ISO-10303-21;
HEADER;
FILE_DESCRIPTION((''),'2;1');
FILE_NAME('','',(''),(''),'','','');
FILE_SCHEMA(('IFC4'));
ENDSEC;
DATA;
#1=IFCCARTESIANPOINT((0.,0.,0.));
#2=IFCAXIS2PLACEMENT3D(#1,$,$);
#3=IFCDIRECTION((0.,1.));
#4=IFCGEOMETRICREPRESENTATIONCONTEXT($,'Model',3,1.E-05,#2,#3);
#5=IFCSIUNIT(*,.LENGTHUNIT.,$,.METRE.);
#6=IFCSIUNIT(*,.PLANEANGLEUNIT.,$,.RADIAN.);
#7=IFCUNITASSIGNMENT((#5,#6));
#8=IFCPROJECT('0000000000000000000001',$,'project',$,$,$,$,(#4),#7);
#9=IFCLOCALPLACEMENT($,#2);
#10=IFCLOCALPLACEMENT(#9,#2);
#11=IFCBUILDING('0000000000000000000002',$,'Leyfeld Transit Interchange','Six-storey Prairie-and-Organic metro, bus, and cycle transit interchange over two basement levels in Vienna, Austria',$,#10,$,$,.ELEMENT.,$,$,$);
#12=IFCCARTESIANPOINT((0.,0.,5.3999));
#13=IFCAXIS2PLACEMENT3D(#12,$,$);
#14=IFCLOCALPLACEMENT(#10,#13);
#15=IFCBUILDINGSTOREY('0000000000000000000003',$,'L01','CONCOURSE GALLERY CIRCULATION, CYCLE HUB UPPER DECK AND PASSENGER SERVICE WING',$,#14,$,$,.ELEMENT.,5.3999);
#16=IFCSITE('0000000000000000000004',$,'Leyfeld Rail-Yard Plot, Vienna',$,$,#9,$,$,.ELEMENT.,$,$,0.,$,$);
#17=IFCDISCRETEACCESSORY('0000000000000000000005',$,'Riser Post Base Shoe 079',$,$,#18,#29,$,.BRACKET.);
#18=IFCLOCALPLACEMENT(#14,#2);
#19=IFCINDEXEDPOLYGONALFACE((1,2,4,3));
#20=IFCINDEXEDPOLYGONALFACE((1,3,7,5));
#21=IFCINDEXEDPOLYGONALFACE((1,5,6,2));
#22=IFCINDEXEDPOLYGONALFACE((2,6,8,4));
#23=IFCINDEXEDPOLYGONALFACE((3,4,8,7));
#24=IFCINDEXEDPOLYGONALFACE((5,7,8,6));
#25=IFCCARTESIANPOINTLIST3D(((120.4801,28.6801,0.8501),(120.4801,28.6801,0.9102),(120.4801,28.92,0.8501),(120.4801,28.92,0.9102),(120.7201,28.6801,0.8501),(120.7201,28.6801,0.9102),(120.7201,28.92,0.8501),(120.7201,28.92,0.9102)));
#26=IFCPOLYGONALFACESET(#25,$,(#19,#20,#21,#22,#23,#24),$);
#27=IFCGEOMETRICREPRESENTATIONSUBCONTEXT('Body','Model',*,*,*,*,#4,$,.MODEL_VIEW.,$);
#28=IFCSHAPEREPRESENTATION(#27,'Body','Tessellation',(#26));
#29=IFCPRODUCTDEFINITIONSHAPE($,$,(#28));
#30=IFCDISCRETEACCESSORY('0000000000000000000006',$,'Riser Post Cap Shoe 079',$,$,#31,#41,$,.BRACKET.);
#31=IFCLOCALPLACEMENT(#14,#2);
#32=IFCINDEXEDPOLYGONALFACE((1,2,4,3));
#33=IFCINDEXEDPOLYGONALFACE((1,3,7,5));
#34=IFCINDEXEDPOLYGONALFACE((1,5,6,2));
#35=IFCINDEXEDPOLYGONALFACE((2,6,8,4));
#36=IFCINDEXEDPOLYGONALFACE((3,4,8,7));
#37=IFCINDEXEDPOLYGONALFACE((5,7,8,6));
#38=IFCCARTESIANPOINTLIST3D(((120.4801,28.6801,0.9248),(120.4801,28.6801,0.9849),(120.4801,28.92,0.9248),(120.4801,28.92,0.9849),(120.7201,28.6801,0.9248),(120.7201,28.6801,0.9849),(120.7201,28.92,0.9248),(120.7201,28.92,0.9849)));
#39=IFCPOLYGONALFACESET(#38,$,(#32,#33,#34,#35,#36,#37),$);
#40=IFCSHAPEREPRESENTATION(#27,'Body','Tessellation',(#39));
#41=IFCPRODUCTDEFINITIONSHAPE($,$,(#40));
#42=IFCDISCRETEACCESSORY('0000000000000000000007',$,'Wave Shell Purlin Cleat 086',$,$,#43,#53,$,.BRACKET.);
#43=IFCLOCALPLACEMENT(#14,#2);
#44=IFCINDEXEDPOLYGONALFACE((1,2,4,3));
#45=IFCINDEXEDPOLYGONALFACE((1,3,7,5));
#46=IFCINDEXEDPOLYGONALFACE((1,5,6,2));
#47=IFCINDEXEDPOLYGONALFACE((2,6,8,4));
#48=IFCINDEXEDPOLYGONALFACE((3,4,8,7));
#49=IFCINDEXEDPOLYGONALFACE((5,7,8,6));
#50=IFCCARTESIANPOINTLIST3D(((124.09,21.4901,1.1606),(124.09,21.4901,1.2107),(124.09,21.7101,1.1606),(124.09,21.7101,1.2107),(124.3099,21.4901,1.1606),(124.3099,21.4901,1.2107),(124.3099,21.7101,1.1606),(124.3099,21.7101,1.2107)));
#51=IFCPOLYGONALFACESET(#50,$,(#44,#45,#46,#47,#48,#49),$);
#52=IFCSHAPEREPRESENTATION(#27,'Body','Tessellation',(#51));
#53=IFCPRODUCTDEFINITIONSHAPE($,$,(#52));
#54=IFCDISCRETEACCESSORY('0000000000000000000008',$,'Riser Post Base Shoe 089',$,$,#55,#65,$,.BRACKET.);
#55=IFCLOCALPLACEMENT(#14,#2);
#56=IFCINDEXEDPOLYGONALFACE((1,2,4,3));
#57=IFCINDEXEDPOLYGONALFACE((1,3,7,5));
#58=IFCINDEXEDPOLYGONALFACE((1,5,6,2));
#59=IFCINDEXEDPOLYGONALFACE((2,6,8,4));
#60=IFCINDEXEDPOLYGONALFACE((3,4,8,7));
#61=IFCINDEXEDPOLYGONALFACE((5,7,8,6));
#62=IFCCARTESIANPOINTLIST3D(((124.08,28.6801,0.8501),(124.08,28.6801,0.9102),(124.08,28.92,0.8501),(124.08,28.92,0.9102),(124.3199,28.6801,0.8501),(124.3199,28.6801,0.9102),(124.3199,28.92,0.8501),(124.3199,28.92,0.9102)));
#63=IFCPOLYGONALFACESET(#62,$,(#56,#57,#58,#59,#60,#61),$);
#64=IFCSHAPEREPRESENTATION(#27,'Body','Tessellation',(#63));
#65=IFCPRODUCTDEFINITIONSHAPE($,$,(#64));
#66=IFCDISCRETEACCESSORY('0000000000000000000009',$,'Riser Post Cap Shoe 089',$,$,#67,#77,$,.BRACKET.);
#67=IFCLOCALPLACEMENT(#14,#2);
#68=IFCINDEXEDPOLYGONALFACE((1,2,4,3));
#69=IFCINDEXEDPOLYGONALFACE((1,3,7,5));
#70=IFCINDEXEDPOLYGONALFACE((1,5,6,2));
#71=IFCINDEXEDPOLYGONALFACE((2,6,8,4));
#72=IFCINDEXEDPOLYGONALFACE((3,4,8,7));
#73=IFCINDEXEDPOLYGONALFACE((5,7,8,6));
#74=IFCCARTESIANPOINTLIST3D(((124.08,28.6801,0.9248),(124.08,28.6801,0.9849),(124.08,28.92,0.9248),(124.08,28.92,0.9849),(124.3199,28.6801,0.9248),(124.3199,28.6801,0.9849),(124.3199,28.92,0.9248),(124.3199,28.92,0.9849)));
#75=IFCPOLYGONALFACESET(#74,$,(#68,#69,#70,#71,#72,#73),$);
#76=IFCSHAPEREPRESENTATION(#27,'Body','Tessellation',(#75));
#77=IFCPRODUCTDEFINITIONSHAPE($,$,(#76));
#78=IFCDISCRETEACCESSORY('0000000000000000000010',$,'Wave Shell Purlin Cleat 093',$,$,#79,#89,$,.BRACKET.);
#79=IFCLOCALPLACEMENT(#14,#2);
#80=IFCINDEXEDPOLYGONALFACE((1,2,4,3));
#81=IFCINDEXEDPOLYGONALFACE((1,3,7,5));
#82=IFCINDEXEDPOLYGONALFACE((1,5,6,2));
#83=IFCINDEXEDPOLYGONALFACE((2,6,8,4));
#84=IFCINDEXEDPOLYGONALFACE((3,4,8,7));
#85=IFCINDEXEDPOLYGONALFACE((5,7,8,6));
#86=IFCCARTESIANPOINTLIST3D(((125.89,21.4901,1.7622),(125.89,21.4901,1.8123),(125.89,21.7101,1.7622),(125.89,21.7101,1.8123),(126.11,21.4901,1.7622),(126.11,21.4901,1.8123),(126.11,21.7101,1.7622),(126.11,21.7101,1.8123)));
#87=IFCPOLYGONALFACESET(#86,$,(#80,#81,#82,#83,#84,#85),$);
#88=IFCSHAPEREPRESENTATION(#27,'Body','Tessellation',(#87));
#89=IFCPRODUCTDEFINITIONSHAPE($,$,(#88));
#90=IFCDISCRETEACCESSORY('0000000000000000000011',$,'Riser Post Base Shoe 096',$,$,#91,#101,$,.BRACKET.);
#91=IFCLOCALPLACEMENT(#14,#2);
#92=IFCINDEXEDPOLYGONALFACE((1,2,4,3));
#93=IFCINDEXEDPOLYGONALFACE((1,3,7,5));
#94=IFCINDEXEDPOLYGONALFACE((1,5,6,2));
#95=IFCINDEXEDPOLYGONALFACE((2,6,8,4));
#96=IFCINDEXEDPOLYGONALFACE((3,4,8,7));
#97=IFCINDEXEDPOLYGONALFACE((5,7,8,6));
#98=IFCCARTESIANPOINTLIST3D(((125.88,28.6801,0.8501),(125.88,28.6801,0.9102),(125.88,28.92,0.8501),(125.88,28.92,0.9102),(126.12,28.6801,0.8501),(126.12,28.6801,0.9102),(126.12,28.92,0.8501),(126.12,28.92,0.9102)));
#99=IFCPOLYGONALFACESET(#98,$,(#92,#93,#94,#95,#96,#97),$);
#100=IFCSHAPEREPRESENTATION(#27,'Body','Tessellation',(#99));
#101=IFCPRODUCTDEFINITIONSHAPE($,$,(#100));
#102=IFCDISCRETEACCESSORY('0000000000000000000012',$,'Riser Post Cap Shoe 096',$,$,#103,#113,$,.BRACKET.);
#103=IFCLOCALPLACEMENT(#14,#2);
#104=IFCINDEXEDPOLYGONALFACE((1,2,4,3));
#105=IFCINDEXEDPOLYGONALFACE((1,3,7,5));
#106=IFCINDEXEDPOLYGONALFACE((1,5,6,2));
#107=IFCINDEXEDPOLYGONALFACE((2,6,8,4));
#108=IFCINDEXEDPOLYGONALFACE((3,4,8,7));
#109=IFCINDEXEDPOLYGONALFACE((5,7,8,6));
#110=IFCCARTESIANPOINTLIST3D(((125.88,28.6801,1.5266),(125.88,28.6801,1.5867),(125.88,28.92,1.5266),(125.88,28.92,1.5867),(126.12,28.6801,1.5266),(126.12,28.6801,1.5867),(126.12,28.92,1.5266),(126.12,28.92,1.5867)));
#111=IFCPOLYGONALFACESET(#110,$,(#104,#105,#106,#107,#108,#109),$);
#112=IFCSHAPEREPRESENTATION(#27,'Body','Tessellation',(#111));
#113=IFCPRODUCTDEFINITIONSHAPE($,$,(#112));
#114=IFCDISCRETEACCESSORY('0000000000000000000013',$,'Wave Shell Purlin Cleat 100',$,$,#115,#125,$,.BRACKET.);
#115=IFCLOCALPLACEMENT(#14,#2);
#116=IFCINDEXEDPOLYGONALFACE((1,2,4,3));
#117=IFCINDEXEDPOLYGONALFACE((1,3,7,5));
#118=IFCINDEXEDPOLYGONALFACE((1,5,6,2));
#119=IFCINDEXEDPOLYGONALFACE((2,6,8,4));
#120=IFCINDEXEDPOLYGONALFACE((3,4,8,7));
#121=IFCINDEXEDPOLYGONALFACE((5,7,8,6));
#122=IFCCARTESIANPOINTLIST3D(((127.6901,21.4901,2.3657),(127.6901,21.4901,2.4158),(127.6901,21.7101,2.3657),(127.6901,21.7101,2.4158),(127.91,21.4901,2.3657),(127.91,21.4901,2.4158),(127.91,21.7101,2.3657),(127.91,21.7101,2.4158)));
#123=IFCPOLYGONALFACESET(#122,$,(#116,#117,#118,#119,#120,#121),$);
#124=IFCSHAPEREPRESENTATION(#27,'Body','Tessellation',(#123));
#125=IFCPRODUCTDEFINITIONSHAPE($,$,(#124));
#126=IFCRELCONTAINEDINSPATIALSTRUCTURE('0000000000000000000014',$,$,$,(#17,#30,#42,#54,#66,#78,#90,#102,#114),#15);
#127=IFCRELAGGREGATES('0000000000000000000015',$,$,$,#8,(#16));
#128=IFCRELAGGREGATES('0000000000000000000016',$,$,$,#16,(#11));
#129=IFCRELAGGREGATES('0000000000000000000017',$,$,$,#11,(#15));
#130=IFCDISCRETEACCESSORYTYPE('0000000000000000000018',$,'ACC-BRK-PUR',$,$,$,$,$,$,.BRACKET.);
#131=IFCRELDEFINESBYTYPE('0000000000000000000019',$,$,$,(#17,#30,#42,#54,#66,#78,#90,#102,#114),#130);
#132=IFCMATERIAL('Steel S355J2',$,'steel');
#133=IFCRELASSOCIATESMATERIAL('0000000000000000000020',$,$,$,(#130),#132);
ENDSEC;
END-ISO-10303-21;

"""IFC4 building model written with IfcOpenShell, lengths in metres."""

from ifc_helpers import new_model, si_unit, direction, frame, origin, origin_2d, place, context, subcontext, project, spatial, rectangle, extrude, material, type_object, element, save


model = new_model("IFC4")

# Units and contexts
model_context = context("Model", 3, precision=1e-05, world=origin(), true_north=direction((0.0, 1.0)))
body_context = subcontext(model_context, "Body", "Model", "MODEL_VIEW")
ifc_project = project(units=[si_unit("LENGTHUNIT", "METRE"), si_unit("PLANEANGLEUNIT", "RADIAN")], contexts=[model_context])

# Site, building, storey
site_placement = place(None, origin())
site = spatial("IfcSite", under=ifc_project, at=site_placement, Name="Leyfeld Rail-Yard Plot, Vienna", CompositionType="ELEMENT", RefElevation=0.0)
building_placement = place(site_placement, origin())
building = spatial("IfcBuilding", under=site, at=building_placement, Name="Leyfeld Transit Interchange", Description="Six-storey Prairie-and-Organic metro, bus, and cycle transit interchange over two basement levels in Vienna, Austria", CompositionType="ELEMENT")
storey_placement = place(building_placement, frame((0.0, 0.0, 5.3999)))
storey = spatial("IfcBuildingStorey", under=building, at=storey_placement, Name="L01", Description="CONCOURSE GALLERY CIRCULATION, CYCLE HUB UPPER DECK AND PASSENGER SERVICE WING", CompositionType="ELEMENT", Elevation=5.3999)

# Shared definitions
ifc_material_1 = material(Name="Steel S355J2", Category="steel")

# Discrete accessories
discrete_accessory_type = type_object("IfcDiscreteAccessoryType", Name="ACC-BRK-PUR", PredefinedType="BRACKET", material=ifc_material_1)
for number, where, z_axis, x_axis, name in (
    (1, (120.6001, 28.8, 0.8501), (0.0, 0.0, 1.0), (1.0, 0.0, 0.0), "Riser Post Base Shoe 079"),
    (2, (120.6001, 28.8, 0.9248), (0.0, 0.0, 1.0), (1.0, 0.0, 0.0), "Riser Post Cap Shoe 079"),
):
    element("IfcDiscreteAccessory", number, at=place(storey_placement, frame(where, z_axis=z_axis, x_axis=x_axis)), inside=storey, type_object=discrete_accessory_type, Name=name, PredefinedType="BRACKET", context=body_context, shape_type="SweptSolid", body=[
        extrude(rectangle(XDim=0.24, YDim=0.24, at=origin_2d()), origin(), (0.0, 0.0, 1.0), 0.0601),
    ])
discrete_accessory_1_placement = place(storey_placement, frame((124.2, 21.6001, 1.1606), z_axis=(0.0, 0.0, 1.0), x_axis=(1.0, 0.0, 0.0)))
element("IfcDiscreteAccessory", 3, at=discrete_accessory_1_placement, inside=storey, type_object=discrete_accessory_type, Name="Wave Shell Purlin Cleat 086", PredefinedType="BRACKET", context=body_context, shape_type="SweptSolid", body=[
    extrude(rectangle(XDim=0.22, YDim=0.22, at=origin_2d()), origin(), (0.0, 0.0, 1.0), 0.05),
])
for number, where, z_axis, x_axis, name in (
    (4, (124.2, 28.8, 0.8501), (0.0, 0.0, 1.0), (1.0, 0.0, 0.0), "Riser Post Base Shoe 089"),
    (5, (124.2, 28.8, 0.9248), (0.0, 0.0, 1.0), (1.0, 0.0, 0.0), "Riser Post Cap Shoe 089"),
):
    element("IfcDiscreteAccessory", number, at=place(storey_placement, frame(where, z_axis=z_axis, x_axis=x_axis)), inside=storey, type_object=discrete_accessory_type, Name=name, PredefinedType="BRACKET", context=body_context, shape_type="SweptSolid", body=[
        extrude(rectangle(XDim=0.24, YDim=0.24, at=origin_2d()), origin(), (0.0, 0.0, 1.0), 0.0601),
    ])
discrete_accessory_2_placement = place(storey_placement, frame((126.0, 21.6001, 1.7622), z_axis=(0.0, 0.0, 1.0), x_axis=(1.0, 0.0, 0.0)))
element("IfcDiscreteAccessory", 6, at=discrete_accessory_2_placement, inside=storey, type_object=discrete_accessory_type, Name="Wave Shell Purlin Cleat 093", PredefinedType="BRACKET", context=body_context, shape_type="SweptSolid", body=[
    extrude(rectangle(XDim=0.22, YDim=0.22, at=origin_2d()), origin(), (0.0, 0.0, 1.0), 0.05),
])
for number, where, z_axis, x_axis, name in (
    (7, (126.0, 28.8, 0.8501), (0.0, 0.0, 1.0), (1.0, 0.0, 0.0), "Riser Post Base Shoe 096"),
    (8, (126.0, 28.8, 1.5266), (0.0, 0.0, 1.0), (1.0, 0.0, 0.0), "Riser Post Cap Shoe 096"),
):
    element("IfcDiscreteAccessory", number, at=place(storey_placement, frame(where, z_axis=z_axis, x_axis=x_axis)), inside=storey, type_object=discrete_accessory_type, Name=name, PredefinedType="BRACKET", context=body_context, shape_type="SweptSolid", body=[
        extrude(rectangle(XDim=0.24, YDim=0.24, at=origin_2d()), origin(), (0.0, 0.0, 1.0), 0.0601),
    ])
discrete_accessory_3_placement = place(storey_placement, frame((127.8, 21.6001, 2.3657), z_axis=(0.0, 0.0, 1.0), x_axis=(1.0, 0.0, 0.0)))
element("IfcDiscreteAccessory", 9, at=discrete_accessory_3_placement, inside=storey, type_object=discrete_accessory_type, Name="Wave Shell Purlin Cleat 100", PredefinedType="BRACKET", context=body_context, shape_type="SweptSolid", body=[
    extrude(rectangle(XDim=0.22, YDim=0.22, at=origin_2d()), origin(), (0.0, 0.0, 1.0), 0.05),
])

save(model, "model.ifc")
